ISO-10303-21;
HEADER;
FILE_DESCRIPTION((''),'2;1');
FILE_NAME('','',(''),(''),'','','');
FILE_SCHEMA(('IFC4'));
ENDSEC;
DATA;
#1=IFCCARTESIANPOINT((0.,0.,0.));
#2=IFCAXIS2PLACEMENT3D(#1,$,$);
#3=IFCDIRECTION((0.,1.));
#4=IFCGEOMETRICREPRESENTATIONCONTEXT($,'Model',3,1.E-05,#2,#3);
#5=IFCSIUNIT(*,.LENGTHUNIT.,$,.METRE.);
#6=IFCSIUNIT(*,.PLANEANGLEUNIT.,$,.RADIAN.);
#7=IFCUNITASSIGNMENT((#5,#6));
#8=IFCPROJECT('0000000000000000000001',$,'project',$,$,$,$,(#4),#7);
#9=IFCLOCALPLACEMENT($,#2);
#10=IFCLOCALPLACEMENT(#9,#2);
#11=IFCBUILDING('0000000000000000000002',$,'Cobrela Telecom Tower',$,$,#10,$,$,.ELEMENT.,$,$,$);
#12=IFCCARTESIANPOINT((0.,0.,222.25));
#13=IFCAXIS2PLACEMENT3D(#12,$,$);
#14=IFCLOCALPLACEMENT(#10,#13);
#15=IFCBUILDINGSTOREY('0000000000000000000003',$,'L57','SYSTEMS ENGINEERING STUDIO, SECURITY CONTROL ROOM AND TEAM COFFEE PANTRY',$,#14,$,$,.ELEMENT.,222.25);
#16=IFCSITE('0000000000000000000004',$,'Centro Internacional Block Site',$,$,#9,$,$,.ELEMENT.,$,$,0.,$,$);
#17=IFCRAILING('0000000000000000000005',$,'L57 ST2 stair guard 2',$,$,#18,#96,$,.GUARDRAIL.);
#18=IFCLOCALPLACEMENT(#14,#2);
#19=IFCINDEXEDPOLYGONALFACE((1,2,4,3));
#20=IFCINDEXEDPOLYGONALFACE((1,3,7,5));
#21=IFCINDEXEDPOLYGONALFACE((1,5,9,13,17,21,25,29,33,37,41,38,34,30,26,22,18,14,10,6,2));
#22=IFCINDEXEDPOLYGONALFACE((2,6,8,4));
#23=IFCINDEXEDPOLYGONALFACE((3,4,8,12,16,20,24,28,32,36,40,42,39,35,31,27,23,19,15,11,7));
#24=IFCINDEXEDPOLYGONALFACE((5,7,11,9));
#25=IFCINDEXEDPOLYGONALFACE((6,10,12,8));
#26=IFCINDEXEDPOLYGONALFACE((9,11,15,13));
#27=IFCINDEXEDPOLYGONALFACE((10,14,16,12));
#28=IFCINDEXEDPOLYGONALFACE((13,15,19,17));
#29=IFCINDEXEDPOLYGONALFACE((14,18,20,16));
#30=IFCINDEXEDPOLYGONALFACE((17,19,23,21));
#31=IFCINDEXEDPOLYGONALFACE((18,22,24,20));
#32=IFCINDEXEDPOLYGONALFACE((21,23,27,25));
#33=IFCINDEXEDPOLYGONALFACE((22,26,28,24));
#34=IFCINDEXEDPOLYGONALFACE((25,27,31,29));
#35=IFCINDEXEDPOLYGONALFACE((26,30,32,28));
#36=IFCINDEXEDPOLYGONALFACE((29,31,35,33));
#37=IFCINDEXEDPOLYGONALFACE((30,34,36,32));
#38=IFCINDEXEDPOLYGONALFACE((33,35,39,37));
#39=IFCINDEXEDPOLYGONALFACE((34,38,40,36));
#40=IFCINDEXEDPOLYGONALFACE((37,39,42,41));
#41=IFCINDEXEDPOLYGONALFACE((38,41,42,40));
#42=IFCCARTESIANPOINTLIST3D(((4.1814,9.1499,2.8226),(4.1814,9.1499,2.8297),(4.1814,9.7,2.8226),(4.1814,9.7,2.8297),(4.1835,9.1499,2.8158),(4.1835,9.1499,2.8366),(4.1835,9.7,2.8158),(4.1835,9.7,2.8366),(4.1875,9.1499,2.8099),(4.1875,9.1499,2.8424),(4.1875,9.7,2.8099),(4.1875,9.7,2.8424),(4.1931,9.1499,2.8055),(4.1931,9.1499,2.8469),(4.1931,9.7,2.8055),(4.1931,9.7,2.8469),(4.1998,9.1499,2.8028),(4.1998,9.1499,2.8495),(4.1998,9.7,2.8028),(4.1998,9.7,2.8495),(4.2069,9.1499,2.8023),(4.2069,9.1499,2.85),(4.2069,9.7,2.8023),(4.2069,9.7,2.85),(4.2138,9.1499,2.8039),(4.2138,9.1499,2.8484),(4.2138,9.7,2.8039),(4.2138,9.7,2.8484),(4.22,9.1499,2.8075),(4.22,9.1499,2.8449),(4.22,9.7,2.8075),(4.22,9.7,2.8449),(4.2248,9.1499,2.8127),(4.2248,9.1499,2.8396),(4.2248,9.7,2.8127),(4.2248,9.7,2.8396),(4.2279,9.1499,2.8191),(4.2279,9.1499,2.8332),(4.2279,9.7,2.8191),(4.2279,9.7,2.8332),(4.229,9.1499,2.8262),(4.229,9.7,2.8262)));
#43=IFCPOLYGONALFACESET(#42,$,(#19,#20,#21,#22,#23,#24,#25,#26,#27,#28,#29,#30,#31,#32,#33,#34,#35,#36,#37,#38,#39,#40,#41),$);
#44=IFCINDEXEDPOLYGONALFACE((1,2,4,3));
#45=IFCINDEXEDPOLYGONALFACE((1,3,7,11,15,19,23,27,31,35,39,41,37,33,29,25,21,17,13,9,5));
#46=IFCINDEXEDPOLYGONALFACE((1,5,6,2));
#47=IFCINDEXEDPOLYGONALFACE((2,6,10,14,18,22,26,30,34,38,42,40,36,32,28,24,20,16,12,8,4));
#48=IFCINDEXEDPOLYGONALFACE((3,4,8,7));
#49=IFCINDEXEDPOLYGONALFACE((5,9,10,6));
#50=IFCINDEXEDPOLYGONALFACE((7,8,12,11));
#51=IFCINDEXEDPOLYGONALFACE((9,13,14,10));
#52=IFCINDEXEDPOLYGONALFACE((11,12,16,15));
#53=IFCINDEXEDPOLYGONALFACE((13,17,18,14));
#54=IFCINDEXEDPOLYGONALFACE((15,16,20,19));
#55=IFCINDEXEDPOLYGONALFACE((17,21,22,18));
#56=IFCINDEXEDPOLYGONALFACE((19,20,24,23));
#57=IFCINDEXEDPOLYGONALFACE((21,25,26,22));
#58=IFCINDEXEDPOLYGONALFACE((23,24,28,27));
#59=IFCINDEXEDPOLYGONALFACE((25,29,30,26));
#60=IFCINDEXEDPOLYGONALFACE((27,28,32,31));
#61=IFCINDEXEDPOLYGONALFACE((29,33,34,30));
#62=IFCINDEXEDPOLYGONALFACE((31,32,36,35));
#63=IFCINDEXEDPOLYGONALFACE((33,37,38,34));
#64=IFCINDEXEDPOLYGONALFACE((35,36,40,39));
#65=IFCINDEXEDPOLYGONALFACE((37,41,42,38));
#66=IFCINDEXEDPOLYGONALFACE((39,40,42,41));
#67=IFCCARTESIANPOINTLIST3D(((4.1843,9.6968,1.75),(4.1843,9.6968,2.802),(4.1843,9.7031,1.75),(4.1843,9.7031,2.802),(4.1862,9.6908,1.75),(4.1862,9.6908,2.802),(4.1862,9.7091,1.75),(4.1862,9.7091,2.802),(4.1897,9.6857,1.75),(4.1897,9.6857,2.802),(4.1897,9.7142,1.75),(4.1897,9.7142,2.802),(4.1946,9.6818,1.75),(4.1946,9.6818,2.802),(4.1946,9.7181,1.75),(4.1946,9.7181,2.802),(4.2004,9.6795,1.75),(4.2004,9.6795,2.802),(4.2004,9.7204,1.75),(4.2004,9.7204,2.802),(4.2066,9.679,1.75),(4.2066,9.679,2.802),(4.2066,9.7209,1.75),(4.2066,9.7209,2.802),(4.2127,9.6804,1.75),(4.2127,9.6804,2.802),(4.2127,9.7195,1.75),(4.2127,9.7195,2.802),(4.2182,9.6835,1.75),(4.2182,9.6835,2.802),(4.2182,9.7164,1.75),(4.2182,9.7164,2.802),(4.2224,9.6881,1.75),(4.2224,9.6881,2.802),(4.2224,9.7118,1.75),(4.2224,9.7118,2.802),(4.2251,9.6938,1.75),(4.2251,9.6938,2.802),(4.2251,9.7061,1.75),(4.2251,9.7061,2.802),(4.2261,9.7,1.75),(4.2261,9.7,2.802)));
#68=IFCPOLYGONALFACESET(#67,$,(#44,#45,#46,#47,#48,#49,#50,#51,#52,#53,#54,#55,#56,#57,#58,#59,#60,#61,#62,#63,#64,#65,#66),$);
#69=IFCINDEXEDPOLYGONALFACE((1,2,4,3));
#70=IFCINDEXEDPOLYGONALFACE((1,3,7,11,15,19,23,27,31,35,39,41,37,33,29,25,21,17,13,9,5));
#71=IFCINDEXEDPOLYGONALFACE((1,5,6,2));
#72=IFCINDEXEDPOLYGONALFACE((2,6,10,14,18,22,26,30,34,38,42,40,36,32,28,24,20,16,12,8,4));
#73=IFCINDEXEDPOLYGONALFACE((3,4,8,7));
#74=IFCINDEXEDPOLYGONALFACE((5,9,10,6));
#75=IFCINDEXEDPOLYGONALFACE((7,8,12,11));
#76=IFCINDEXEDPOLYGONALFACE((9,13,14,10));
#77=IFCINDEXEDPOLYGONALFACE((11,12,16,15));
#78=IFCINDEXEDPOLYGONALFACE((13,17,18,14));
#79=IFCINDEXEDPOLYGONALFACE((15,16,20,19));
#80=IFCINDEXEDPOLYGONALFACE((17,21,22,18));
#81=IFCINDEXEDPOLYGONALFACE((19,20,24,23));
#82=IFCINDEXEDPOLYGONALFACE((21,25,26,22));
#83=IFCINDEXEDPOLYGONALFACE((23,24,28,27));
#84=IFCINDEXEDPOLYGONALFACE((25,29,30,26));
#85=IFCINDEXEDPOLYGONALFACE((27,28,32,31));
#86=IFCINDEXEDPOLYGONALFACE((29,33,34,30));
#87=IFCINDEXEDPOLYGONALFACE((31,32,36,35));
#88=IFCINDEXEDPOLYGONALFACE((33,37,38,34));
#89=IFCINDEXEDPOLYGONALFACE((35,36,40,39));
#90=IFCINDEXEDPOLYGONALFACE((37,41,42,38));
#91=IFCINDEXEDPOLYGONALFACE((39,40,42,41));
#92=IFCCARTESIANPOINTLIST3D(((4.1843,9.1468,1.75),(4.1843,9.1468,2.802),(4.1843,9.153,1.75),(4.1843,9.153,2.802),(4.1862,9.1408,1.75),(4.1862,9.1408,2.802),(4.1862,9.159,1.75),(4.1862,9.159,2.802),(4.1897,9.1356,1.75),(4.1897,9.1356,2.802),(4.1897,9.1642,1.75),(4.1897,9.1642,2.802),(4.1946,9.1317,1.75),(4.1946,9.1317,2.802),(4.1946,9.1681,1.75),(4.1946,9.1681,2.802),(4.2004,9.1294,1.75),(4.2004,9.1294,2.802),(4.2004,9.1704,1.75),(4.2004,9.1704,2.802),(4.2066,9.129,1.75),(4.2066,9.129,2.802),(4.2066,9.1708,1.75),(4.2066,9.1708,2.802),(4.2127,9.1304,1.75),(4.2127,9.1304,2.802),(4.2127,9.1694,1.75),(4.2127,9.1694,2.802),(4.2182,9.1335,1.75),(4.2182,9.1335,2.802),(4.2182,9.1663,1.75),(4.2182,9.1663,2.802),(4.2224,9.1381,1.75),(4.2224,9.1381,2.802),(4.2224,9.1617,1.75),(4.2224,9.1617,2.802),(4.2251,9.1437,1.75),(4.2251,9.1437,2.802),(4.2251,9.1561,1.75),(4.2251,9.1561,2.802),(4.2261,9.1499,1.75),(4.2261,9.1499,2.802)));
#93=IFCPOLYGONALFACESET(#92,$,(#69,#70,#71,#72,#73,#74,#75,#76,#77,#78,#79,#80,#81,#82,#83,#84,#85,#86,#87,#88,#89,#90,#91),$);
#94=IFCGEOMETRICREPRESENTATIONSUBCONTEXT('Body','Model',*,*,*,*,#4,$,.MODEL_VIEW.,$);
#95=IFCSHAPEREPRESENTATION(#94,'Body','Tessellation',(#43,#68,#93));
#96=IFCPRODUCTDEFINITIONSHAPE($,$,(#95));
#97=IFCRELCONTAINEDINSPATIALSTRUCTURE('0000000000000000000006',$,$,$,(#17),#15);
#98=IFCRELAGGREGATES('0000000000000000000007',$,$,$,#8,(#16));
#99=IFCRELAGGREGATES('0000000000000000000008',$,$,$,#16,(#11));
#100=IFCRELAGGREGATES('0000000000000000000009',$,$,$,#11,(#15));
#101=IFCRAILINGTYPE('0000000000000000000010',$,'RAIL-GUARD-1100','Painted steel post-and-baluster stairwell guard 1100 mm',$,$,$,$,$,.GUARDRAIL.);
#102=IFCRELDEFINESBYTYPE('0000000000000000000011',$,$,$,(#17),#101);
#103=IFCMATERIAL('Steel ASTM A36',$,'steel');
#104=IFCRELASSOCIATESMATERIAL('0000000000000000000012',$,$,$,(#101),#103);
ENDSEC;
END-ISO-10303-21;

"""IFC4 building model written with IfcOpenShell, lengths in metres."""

from ifc_helpers import new_model, si_unit, direction, frame, origin, origin_2d, place, context, subcontext, project, spatial, circle, extrude, material, type_object, element, save


model = new_model("IFC4")

# Units and contexts
model_context = context("Model", 3, precision=1e-05, world=origin(), true_north=direction((0.0, 1.0)))
body_context = subcontext(model_context, "Body", "Model", "MODEL_VIEW")
ifc_project = project(units=[si_unit("LENGTHUNIT", "METRE"), si_unit("PLANEANGLEUNIT", "RADIAN")], contexts=[model_context])

# Site, building, storey
site_placement = place(None, origin())
site = spatial("IfcSite", under=ifc_project, at=site_placement, Name="Centro Internacional Block Site", CompositionType="ELEMENT", RefElevation=0.0)
building_placement = place(site_placement, origin())
building = spatial("IfcBuilding", under=site, at=building_placement, Name="Cobrela Telecom Tower", CompositionType="ELEMENT")
storey_placement = place(building_placement, frame((0.0, 0.0, 222.25)))
storey = spatial("IfcBuildingStorey", under=building, at=storey_placement, Name="L57", Description="SYSTEMS ENGINEERING STUDIO, SECURITY CONTROL ROOM AND TEAM COFFEE PANTRY", CompositionType="ELEMENT", Elevation=222.25)

# Shared definitions
ifc_material_1 = material(Name="Steel ASTM A36", Category="steel")

# Railing
railing_type = type_object("IfcRailingType", Name="RAIL-GUARD-1100", Description="Painted steel post-and-baluster stairwell guard 1100 mm", PredefinedType="GUARDRAIL", material=ifc_material_1)
railing_1_placement = place(storey_placement, frame((4.2051, 9.7, 1.75)))
element("IfcRailing", 1, at=railing_1_placement, inside=storey, type_object=railing_type, Name="L57 ST2 stair guard 2", PredefinedType="GUARDRAIL", context=body_context, shape_type="SweptSolid", body=[
    extrude(circle(Radius=0.0239, at=origin_2d()), frame((0.0, 0.0, 1.0762), z_axis=(0.0, -1.0, 0.0), x_axis=(1.0, 0.0, 0.0)), (0.0, 0.0, 1.0), 0.55),
    extrude(circle(Radius=0.021, at=origin_2d()), origin(), (0.0, 0.0, 1.0), 1.052),
    extrude(circle(Radius=0.021, at=origin_2d()), frame((0.0, -0.55, 0.0)), (0.0, 0.0, 1.0), 1.052),
])

save(model, "model.ifc")
